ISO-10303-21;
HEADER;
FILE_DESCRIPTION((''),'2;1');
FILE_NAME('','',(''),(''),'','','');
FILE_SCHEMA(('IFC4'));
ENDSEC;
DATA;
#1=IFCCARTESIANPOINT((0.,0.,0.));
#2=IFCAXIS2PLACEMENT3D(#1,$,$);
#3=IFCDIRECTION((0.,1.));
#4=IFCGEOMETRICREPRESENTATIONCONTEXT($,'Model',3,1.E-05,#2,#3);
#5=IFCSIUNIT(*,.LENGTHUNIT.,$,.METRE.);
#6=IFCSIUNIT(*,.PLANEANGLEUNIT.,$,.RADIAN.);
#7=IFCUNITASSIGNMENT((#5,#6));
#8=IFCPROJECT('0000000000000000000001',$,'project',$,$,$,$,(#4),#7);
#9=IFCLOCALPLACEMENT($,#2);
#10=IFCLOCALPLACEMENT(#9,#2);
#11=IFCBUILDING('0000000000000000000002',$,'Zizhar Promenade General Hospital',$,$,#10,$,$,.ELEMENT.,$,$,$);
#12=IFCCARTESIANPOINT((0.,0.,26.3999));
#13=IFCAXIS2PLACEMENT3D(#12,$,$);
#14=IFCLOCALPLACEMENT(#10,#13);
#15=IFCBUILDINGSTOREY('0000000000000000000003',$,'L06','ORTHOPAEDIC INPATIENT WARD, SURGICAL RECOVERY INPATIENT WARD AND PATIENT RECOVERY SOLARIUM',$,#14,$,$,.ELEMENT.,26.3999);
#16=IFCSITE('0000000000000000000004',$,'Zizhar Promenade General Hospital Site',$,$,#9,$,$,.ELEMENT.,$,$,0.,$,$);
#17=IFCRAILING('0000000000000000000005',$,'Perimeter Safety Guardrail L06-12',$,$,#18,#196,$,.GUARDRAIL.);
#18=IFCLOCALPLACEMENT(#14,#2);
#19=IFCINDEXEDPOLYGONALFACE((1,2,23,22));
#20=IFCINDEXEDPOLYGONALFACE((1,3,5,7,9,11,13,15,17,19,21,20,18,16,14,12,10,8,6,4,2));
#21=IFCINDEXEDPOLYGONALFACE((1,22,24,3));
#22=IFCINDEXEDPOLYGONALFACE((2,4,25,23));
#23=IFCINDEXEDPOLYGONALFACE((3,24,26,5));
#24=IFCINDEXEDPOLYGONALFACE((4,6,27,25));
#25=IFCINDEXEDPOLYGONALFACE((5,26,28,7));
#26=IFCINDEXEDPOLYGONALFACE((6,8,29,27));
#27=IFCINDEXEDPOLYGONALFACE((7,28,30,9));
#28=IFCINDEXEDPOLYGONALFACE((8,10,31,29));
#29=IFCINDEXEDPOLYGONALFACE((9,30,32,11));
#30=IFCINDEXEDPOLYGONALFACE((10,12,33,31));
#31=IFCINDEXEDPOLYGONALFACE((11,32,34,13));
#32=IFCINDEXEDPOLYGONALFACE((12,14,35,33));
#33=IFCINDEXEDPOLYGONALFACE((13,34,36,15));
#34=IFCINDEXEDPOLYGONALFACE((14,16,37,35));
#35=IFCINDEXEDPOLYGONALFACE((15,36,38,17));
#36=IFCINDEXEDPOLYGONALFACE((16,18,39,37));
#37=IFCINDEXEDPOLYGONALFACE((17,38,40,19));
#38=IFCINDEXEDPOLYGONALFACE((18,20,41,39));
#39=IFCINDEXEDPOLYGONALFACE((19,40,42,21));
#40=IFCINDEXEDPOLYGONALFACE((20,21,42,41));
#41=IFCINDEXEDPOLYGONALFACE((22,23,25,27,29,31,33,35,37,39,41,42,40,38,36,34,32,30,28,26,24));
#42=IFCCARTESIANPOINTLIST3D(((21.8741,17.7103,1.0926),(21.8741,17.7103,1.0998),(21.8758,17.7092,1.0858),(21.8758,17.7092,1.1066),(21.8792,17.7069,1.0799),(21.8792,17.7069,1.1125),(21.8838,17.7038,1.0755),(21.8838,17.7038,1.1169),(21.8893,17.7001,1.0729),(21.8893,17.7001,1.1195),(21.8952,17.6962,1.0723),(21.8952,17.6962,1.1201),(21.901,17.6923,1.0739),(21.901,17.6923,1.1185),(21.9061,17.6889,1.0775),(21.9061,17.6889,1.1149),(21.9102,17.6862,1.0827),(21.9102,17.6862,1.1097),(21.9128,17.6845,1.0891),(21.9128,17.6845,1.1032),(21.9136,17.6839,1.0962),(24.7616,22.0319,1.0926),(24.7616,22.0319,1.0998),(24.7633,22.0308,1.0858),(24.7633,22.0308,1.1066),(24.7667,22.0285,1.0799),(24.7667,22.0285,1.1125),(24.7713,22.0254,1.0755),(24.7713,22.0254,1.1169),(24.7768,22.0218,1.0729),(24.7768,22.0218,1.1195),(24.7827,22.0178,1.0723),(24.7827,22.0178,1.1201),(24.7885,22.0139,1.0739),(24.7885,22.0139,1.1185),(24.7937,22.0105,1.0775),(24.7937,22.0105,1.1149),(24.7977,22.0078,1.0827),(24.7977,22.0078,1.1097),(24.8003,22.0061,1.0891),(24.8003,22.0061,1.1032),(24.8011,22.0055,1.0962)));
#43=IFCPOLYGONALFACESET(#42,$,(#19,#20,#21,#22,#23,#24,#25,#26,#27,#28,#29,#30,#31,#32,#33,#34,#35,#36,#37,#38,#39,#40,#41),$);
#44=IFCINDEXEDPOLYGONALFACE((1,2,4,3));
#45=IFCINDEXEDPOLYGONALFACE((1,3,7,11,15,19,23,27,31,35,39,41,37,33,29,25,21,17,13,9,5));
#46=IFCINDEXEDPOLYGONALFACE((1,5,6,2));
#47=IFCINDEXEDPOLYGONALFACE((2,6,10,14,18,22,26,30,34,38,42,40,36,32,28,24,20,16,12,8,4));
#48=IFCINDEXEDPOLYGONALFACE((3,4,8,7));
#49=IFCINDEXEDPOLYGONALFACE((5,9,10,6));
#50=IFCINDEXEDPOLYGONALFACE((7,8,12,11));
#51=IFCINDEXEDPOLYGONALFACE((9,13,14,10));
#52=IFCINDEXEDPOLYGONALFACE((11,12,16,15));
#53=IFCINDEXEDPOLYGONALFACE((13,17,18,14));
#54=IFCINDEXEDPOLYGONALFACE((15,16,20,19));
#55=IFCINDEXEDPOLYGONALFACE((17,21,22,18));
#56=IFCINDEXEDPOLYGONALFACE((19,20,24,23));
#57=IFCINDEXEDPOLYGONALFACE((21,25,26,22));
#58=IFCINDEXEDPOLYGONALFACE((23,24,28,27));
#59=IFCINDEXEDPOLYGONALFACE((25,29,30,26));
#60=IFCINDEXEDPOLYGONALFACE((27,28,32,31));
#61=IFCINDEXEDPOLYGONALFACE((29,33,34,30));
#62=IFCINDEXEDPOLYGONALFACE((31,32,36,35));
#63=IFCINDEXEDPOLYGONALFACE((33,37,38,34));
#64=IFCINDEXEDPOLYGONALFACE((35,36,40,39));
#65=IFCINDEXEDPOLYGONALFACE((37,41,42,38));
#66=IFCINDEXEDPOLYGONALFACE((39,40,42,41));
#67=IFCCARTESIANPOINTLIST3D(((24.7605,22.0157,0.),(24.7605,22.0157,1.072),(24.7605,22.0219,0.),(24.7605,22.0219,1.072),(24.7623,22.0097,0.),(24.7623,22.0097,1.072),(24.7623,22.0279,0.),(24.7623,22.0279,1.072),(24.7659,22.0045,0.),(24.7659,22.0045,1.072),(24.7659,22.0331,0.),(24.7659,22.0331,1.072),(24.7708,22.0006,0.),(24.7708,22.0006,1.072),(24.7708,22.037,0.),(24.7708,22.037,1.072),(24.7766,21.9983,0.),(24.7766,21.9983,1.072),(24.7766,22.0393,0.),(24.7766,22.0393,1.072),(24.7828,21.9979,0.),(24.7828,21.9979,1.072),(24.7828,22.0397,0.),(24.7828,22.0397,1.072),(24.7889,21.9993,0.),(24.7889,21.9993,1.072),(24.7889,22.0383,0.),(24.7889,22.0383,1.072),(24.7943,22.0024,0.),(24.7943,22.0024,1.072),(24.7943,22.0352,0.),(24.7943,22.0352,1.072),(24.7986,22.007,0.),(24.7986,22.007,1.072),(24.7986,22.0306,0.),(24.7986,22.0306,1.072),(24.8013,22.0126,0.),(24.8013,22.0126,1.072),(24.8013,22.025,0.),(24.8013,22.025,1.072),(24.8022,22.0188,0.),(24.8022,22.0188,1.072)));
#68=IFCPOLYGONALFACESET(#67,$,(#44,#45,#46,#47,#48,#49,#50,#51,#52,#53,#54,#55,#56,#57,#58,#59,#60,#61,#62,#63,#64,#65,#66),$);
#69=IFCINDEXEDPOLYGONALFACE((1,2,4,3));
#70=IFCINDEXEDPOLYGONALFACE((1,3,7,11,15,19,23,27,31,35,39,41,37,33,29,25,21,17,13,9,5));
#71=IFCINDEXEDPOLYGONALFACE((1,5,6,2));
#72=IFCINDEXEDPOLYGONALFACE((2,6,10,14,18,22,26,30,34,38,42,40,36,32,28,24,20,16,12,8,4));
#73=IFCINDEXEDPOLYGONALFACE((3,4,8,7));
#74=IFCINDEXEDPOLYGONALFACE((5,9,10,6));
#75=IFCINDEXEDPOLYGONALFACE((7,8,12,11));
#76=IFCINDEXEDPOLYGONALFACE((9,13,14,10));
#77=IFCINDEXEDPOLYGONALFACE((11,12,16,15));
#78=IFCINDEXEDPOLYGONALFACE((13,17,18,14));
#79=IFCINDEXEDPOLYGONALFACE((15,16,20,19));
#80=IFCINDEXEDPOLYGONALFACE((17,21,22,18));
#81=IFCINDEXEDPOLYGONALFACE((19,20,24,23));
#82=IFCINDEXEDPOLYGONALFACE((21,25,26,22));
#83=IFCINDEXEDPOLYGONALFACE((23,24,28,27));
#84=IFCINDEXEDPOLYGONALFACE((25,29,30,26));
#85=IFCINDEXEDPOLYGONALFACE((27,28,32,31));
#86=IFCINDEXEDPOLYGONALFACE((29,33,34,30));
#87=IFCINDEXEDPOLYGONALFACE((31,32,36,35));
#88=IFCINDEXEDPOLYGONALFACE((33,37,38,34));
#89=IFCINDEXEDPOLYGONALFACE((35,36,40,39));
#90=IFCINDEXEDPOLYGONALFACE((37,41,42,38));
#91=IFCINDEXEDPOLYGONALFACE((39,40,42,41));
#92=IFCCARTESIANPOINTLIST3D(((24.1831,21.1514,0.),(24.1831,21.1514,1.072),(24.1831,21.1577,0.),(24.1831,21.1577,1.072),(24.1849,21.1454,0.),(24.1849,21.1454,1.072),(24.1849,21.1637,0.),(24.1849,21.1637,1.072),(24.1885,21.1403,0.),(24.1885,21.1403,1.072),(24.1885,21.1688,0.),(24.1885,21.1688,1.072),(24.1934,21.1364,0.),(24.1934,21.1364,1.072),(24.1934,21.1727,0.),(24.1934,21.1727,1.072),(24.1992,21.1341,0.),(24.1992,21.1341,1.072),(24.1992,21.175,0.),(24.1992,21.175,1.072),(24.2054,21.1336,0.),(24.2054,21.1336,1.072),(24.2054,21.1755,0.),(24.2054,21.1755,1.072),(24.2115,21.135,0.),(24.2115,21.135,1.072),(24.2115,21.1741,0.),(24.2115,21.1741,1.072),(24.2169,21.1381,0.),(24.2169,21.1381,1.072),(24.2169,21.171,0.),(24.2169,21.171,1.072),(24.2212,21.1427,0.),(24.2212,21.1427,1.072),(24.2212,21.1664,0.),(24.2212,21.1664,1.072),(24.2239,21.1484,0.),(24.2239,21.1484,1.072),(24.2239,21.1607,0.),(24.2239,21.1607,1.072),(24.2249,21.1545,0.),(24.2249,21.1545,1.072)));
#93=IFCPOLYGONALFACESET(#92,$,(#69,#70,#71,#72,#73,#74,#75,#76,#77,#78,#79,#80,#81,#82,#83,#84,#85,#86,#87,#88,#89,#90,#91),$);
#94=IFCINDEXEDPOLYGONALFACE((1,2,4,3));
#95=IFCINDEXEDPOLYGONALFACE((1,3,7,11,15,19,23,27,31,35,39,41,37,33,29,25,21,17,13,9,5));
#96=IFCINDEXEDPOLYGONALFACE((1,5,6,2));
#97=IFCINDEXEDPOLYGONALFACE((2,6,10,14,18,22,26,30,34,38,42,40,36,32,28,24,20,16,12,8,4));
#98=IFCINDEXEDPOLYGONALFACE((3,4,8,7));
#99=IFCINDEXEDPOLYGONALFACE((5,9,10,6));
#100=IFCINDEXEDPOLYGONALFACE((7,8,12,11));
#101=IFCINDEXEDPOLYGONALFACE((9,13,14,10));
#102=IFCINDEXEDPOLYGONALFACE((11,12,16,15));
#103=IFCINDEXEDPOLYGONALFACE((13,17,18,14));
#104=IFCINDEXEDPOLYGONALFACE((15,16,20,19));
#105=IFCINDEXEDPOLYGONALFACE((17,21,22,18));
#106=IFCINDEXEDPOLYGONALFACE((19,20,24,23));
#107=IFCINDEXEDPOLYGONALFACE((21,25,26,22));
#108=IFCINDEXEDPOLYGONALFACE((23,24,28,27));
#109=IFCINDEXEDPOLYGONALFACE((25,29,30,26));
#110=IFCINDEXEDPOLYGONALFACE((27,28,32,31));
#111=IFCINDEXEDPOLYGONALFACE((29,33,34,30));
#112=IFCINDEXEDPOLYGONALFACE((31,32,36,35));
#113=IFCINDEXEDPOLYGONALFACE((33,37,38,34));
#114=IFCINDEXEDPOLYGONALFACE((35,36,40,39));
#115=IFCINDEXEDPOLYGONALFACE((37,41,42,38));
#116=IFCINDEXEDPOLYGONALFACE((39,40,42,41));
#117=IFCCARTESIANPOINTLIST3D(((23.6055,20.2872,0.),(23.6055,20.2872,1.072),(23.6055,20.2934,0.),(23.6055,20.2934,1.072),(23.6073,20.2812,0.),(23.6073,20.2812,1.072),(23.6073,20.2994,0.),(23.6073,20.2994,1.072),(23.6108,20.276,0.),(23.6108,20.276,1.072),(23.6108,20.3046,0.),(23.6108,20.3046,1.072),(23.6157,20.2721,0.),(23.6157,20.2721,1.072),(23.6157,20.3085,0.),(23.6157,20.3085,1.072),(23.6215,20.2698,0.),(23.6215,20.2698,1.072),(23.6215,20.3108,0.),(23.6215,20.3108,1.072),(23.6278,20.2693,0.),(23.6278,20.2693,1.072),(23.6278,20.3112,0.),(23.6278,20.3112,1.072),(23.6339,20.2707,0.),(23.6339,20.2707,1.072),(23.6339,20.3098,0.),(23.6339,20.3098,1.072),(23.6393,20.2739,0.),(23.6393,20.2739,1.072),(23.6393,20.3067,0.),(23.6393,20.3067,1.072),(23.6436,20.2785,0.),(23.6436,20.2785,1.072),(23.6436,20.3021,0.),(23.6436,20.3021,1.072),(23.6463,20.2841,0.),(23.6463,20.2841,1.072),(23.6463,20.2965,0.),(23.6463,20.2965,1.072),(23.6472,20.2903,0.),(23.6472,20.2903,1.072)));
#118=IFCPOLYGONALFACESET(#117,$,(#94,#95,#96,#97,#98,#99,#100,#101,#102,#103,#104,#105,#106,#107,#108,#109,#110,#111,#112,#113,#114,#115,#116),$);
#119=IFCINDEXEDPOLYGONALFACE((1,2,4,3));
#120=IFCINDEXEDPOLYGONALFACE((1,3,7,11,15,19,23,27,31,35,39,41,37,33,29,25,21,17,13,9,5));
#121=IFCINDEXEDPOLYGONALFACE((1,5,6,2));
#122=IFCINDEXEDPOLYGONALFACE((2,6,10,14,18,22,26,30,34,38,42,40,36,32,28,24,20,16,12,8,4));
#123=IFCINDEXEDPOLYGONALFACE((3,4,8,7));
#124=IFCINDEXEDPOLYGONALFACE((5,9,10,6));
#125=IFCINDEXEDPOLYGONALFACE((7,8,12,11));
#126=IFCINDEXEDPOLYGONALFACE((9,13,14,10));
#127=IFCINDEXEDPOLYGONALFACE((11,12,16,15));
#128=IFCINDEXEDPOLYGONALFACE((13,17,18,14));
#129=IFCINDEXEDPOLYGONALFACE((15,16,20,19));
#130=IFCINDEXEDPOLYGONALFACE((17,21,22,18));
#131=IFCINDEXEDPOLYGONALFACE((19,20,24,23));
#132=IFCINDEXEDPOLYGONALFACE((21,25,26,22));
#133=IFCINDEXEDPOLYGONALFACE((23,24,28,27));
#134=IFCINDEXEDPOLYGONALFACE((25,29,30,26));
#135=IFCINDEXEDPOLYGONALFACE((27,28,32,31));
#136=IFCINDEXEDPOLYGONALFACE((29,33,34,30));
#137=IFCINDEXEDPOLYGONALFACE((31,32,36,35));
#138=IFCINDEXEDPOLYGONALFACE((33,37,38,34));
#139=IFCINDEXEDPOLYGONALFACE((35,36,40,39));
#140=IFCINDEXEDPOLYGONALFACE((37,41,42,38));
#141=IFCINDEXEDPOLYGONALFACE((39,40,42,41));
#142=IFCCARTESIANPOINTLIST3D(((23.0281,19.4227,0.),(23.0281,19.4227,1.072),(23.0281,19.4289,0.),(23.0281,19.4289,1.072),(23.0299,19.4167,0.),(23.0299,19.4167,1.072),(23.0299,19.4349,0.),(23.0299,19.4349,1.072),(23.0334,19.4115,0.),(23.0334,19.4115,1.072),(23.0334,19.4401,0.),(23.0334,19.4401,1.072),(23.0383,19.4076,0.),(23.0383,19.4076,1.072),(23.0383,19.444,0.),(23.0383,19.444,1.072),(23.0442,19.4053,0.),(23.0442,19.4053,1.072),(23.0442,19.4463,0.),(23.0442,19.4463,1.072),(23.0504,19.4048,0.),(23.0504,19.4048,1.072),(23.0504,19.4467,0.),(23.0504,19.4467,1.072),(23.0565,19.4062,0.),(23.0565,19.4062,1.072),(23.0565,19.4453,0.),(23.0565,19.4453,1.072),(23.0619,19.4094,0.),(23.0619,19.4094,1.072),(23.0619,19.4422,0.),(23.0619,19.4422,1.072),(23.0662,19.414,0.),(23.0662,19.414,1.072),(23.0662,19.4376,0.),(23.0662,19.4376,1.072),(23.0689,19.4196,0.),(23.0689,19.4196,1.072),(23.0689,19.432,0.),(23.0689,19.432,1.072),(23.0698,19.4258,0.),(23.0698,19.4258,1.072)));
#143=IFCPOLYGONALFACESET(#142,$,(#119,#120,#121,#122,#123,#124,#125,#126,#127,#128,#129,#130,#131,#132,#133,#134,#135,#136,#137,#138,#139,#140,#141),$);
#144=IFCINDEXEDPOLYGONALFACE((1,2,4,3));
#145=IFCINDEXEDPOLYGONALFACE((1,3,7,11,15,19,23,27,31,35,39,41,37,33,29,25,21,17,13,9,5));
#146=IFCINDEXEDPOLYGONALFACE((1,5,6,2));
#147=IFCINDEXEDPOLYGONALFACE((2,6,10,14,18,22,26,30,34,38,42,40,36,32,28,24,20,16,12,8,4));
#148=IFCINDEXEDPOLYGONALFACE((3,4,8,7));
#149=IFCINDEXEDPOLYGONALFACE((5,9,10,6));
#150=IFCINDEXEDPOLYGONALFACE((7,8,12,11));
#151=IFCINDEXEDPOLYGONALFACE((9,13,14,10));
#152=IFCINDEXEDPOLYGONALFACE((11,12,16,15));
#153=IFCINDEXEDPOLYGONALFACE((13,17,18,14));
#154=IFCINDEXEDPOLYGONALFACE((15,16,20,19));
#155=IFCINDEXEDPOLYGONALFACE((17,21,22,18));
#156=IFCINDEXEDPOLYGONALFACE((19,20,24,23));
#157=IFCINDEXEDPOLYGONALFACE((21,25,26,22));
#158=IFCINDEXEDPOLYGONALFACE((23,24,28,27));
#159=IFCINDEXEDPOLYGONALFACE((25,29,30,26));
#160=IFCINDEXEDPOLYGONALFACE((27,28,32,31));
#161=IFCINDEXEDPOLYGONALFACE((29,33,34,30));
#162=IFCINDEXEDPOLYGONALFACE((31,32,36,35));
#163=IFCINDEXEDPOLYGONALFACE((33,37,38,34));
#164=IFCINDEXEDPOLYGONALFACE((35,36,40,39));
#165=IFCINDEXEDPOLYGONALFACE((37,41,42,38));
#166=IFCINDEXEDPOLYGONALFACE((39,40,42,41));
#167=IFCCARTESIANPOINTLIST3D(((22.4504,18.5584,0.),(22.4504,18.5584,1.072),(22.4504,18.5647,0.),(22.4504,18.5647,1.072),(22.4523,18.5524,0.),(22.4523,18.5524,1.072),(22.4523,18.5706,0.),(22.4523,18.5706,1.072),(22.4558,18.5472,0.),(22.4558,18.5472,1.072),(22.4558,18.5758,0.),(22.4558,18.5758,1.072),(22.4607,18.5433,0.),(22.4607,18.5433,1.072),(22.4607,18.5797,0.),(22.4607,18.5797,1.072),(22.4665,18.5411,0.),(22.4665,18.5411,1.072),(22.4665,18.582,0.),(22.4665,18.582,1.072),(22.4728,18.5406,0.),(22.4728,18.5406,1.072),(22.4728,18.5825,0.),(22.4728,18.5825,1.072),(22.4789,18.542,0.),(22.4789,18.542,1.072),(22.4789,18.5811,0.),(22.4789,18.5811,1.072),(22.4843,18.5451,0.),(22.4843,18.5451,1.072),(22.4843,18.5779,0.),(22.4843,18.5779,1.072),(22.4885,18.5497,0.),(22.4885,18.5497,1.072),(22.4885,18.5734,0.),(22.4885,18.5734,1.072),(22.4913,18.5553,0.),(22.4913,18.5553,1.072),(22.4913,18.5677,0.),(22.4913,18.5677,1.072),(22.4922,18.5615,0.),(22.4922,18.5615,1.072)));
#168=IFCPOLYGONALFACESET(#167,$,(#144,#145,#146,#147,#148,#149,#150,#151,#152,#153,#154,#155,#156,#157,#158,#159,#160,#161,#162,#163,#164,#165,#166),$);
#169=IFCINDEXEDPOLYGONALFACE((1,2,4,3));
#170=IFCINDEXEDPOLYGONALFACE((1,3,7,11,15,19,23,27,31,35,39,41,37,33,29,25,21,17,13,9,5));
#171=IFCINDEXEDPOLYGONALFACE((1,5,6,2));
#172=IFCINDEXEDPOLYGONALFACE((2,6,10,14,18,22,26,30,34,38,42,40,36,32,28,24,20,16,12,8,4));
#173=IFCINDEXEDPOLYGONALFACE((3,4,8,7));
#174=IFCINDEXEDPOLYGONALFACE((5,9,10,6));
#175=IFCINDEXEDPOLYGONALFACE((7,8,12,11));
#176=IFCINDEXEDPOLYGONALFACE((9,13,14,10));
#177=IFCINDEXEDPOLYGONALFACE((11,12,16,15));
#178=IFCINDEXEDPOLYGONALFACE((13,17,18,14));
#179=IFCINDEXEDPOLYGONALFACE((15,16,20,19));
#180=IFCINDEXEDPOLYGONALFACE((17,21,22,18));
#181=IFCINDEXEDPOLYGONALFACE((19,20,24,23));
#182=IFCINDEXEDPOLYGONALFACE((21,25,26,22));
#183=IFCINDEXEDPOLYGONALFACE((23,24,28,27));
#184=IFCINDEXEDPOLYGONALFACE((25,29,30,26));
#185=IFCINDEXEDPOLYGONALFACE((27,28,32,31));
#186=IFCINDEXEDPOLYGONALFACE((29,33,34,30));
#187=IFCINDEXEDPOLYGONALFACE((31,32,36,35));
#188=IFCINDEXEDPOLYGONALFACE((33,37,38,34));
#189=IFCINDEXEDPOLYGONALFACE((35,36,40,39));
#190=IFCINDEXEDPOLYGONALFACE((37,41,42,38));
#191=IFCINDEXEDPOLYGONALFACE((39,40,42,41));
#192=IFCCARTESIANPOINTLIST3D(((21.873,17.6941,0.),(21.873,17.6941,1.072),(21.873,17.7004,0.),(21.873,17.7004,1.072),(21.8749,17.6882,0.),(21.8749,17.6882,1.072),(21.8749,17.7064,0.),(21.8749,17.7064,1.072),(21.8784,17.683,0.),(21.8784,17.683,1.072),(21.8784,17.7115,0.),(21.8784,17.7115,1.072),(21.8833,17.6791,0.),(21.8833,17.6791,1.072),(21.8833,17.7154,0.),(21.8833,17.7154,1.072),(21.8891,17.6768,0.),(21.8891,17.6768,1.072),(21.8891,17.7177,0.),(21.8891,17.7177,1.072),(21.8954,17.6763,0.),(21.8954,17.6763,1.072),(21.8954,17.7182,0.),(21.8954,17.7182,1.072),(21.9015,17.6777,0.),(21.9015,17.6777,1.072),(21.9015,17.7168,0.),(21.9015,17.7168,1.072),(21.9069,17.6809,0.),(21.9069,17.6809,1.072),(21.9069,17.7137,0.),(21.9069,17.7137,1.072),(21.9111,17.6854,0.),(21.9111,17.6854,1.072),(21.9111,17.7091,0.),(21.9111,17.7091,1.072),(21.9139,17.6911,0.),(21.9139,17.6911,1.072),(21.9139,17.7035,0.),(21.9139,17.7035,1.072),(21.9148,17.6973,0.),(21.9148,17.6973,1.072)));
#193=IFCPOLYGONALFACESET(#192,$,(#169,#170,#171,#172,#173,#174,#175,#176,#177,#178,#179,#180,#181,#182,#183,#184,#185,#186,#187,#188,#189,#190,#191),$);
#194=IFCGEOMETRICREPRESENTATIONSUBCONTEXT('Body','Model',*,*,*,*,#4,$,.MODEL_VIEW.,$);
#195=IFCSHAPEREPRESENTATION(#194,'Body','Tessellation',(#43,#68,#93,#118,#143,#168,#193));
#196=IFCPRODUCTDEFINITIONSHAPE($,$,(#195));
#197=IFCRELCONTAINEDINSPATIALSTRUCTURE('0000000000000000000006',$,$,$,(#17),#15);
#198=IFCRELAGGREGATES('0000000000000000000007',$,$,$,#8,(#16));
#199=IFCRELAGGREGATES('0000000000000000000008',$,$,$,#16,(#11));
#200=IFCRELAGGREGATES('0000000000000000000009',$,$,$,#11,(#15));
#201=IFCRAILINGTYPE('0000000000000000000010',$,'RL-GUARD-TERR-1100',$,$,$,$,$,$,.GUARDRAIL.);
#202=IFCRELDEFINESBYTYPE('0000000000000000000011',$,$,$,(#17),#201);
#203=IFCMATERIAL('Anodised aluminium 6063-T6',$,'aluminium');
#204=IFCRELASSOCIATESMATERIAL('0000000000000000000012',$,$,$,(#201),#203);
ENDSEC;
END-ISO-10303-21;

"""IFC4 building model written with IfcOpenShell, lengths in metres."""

from ifc_helpers import new_model, si_unit, direction, frame, origin, origin_2d, place, context, subcontext, project, spatial, circle, hollow_circle, extrude, material, material_profile, profile_set, type_object, element, save


model = new_model("IFC4")

# Units and contexts
model_context = context("Model", 3, precision=1e-05, world=origin(), true_north=direction((0.0, 1.0)))
body_context = subcontext(model_context, "Body", "Model", "MODEL_VIEW")
ifc_project = project(units=[si_unit("LENGTHUNIT", "METRE"), si_unit("PLANEANGLEUNIT", "RADIAN")], contexts=[model_context])

# Site, building, storey
site_placement = place(None, origin())
site = spatial("IfcSite", under=ifc_project, at=site_placement, Name="Zizhar Promenade General Hospital Site", CompositionType="ELEMENT", RefElevation=0.0)
building_placement = place(site_placement, origin())
building = spatial("IfcBuilding", under=site, at=building_placement, Name="Zizhar Promenade General Hospital", CompositionType="ELEMENT")
storey_placement = place(building_placement, frame((0.0, 0.0, 26.3999)))
storey = spatial("IfcBuildingStorey", under=building, at=storey_placement, Name="L06", Description="ORTHOPAEDIC INPATIENT WARD, SURGICAL RECOVERY INPATIENT WARD AND PATIENT RECOVERY SOLARIUM", CompositionType="ELEMENT", Elevation=26.3999)

# Railing
ifc_material_1 = material(Name="Anodised aluminium 6063-T6", Category="aluminium")
ifc_material_profile_1 = material_profile(ifc_material_1, hollow_circle(Radius=0.0698, WallThickness=0.0063, at=origin_2d()))
ifc_profile_set_1 = profile_set([ifc_material_profile_1], Name="Anodised aluminium 6063-T6")
railing_type = type_object("IfcRailingType", Name="RL-GUARD-TERR-1100", PredefinedType="GUARDRAIL", material=ifc_profile_set_1)
railing_1_placement = place(storey_placement, frame((24.7812, 22.0188, 0.0)))
element("IfcRailing", 1, at=railing_1_placement, inside=storey, type_object=railing_type, Name="Perimeter Safety Guardrail L06-12", PredefinedType="GUARDRAIL", context=body_context, shape_type="SweptSolid", body=[
    extrude(circle(Radius=0.0239, at=origin_2d()), frame((0.0, 0.0, 1.0962), z_axis=(-0.555556, -0.831479, 0.0), x_axis=(0.831479, -0.555556, 0.0)), (0.0, 0.0, 1.0), 5.1975),
    extrude(circle(Radius=0.021, at=origin_2d()), origin(), (0.0, 0.0, 1.0), 1.072),
    extrude(circle(Radius=0.021, at=origin_2d()), frame((-0.5774, -0.8643, 0.0)), (0.0, 0.0, 1.0), 1.072),
    extrude(circle(Radius=0.021, at=origin_2d()), frame((-1.155, -1.7285, 0.0)), (0.0, 0.0, 1.0), 1.072),
    extrude(circle(Radius=0.021, at=origin_2d()), frame((-1.7324, -2.593, 0.0)), (0.0, 0.0, 1.0), 1.072),
    extrude(circle(Radius=0.021, at=origin_2d()), frame((-2.3101, -3.4573, 0.0)), (0.0, 0.0, 1.0), 1.072),
    extrude(circle(Radius=0.021, at=origin_2d()), frame((-2.8875, -4.3215, 0.0)), (0.0, 0.0, 1.0), 1.072),
])

save(model, "model.ifc")
